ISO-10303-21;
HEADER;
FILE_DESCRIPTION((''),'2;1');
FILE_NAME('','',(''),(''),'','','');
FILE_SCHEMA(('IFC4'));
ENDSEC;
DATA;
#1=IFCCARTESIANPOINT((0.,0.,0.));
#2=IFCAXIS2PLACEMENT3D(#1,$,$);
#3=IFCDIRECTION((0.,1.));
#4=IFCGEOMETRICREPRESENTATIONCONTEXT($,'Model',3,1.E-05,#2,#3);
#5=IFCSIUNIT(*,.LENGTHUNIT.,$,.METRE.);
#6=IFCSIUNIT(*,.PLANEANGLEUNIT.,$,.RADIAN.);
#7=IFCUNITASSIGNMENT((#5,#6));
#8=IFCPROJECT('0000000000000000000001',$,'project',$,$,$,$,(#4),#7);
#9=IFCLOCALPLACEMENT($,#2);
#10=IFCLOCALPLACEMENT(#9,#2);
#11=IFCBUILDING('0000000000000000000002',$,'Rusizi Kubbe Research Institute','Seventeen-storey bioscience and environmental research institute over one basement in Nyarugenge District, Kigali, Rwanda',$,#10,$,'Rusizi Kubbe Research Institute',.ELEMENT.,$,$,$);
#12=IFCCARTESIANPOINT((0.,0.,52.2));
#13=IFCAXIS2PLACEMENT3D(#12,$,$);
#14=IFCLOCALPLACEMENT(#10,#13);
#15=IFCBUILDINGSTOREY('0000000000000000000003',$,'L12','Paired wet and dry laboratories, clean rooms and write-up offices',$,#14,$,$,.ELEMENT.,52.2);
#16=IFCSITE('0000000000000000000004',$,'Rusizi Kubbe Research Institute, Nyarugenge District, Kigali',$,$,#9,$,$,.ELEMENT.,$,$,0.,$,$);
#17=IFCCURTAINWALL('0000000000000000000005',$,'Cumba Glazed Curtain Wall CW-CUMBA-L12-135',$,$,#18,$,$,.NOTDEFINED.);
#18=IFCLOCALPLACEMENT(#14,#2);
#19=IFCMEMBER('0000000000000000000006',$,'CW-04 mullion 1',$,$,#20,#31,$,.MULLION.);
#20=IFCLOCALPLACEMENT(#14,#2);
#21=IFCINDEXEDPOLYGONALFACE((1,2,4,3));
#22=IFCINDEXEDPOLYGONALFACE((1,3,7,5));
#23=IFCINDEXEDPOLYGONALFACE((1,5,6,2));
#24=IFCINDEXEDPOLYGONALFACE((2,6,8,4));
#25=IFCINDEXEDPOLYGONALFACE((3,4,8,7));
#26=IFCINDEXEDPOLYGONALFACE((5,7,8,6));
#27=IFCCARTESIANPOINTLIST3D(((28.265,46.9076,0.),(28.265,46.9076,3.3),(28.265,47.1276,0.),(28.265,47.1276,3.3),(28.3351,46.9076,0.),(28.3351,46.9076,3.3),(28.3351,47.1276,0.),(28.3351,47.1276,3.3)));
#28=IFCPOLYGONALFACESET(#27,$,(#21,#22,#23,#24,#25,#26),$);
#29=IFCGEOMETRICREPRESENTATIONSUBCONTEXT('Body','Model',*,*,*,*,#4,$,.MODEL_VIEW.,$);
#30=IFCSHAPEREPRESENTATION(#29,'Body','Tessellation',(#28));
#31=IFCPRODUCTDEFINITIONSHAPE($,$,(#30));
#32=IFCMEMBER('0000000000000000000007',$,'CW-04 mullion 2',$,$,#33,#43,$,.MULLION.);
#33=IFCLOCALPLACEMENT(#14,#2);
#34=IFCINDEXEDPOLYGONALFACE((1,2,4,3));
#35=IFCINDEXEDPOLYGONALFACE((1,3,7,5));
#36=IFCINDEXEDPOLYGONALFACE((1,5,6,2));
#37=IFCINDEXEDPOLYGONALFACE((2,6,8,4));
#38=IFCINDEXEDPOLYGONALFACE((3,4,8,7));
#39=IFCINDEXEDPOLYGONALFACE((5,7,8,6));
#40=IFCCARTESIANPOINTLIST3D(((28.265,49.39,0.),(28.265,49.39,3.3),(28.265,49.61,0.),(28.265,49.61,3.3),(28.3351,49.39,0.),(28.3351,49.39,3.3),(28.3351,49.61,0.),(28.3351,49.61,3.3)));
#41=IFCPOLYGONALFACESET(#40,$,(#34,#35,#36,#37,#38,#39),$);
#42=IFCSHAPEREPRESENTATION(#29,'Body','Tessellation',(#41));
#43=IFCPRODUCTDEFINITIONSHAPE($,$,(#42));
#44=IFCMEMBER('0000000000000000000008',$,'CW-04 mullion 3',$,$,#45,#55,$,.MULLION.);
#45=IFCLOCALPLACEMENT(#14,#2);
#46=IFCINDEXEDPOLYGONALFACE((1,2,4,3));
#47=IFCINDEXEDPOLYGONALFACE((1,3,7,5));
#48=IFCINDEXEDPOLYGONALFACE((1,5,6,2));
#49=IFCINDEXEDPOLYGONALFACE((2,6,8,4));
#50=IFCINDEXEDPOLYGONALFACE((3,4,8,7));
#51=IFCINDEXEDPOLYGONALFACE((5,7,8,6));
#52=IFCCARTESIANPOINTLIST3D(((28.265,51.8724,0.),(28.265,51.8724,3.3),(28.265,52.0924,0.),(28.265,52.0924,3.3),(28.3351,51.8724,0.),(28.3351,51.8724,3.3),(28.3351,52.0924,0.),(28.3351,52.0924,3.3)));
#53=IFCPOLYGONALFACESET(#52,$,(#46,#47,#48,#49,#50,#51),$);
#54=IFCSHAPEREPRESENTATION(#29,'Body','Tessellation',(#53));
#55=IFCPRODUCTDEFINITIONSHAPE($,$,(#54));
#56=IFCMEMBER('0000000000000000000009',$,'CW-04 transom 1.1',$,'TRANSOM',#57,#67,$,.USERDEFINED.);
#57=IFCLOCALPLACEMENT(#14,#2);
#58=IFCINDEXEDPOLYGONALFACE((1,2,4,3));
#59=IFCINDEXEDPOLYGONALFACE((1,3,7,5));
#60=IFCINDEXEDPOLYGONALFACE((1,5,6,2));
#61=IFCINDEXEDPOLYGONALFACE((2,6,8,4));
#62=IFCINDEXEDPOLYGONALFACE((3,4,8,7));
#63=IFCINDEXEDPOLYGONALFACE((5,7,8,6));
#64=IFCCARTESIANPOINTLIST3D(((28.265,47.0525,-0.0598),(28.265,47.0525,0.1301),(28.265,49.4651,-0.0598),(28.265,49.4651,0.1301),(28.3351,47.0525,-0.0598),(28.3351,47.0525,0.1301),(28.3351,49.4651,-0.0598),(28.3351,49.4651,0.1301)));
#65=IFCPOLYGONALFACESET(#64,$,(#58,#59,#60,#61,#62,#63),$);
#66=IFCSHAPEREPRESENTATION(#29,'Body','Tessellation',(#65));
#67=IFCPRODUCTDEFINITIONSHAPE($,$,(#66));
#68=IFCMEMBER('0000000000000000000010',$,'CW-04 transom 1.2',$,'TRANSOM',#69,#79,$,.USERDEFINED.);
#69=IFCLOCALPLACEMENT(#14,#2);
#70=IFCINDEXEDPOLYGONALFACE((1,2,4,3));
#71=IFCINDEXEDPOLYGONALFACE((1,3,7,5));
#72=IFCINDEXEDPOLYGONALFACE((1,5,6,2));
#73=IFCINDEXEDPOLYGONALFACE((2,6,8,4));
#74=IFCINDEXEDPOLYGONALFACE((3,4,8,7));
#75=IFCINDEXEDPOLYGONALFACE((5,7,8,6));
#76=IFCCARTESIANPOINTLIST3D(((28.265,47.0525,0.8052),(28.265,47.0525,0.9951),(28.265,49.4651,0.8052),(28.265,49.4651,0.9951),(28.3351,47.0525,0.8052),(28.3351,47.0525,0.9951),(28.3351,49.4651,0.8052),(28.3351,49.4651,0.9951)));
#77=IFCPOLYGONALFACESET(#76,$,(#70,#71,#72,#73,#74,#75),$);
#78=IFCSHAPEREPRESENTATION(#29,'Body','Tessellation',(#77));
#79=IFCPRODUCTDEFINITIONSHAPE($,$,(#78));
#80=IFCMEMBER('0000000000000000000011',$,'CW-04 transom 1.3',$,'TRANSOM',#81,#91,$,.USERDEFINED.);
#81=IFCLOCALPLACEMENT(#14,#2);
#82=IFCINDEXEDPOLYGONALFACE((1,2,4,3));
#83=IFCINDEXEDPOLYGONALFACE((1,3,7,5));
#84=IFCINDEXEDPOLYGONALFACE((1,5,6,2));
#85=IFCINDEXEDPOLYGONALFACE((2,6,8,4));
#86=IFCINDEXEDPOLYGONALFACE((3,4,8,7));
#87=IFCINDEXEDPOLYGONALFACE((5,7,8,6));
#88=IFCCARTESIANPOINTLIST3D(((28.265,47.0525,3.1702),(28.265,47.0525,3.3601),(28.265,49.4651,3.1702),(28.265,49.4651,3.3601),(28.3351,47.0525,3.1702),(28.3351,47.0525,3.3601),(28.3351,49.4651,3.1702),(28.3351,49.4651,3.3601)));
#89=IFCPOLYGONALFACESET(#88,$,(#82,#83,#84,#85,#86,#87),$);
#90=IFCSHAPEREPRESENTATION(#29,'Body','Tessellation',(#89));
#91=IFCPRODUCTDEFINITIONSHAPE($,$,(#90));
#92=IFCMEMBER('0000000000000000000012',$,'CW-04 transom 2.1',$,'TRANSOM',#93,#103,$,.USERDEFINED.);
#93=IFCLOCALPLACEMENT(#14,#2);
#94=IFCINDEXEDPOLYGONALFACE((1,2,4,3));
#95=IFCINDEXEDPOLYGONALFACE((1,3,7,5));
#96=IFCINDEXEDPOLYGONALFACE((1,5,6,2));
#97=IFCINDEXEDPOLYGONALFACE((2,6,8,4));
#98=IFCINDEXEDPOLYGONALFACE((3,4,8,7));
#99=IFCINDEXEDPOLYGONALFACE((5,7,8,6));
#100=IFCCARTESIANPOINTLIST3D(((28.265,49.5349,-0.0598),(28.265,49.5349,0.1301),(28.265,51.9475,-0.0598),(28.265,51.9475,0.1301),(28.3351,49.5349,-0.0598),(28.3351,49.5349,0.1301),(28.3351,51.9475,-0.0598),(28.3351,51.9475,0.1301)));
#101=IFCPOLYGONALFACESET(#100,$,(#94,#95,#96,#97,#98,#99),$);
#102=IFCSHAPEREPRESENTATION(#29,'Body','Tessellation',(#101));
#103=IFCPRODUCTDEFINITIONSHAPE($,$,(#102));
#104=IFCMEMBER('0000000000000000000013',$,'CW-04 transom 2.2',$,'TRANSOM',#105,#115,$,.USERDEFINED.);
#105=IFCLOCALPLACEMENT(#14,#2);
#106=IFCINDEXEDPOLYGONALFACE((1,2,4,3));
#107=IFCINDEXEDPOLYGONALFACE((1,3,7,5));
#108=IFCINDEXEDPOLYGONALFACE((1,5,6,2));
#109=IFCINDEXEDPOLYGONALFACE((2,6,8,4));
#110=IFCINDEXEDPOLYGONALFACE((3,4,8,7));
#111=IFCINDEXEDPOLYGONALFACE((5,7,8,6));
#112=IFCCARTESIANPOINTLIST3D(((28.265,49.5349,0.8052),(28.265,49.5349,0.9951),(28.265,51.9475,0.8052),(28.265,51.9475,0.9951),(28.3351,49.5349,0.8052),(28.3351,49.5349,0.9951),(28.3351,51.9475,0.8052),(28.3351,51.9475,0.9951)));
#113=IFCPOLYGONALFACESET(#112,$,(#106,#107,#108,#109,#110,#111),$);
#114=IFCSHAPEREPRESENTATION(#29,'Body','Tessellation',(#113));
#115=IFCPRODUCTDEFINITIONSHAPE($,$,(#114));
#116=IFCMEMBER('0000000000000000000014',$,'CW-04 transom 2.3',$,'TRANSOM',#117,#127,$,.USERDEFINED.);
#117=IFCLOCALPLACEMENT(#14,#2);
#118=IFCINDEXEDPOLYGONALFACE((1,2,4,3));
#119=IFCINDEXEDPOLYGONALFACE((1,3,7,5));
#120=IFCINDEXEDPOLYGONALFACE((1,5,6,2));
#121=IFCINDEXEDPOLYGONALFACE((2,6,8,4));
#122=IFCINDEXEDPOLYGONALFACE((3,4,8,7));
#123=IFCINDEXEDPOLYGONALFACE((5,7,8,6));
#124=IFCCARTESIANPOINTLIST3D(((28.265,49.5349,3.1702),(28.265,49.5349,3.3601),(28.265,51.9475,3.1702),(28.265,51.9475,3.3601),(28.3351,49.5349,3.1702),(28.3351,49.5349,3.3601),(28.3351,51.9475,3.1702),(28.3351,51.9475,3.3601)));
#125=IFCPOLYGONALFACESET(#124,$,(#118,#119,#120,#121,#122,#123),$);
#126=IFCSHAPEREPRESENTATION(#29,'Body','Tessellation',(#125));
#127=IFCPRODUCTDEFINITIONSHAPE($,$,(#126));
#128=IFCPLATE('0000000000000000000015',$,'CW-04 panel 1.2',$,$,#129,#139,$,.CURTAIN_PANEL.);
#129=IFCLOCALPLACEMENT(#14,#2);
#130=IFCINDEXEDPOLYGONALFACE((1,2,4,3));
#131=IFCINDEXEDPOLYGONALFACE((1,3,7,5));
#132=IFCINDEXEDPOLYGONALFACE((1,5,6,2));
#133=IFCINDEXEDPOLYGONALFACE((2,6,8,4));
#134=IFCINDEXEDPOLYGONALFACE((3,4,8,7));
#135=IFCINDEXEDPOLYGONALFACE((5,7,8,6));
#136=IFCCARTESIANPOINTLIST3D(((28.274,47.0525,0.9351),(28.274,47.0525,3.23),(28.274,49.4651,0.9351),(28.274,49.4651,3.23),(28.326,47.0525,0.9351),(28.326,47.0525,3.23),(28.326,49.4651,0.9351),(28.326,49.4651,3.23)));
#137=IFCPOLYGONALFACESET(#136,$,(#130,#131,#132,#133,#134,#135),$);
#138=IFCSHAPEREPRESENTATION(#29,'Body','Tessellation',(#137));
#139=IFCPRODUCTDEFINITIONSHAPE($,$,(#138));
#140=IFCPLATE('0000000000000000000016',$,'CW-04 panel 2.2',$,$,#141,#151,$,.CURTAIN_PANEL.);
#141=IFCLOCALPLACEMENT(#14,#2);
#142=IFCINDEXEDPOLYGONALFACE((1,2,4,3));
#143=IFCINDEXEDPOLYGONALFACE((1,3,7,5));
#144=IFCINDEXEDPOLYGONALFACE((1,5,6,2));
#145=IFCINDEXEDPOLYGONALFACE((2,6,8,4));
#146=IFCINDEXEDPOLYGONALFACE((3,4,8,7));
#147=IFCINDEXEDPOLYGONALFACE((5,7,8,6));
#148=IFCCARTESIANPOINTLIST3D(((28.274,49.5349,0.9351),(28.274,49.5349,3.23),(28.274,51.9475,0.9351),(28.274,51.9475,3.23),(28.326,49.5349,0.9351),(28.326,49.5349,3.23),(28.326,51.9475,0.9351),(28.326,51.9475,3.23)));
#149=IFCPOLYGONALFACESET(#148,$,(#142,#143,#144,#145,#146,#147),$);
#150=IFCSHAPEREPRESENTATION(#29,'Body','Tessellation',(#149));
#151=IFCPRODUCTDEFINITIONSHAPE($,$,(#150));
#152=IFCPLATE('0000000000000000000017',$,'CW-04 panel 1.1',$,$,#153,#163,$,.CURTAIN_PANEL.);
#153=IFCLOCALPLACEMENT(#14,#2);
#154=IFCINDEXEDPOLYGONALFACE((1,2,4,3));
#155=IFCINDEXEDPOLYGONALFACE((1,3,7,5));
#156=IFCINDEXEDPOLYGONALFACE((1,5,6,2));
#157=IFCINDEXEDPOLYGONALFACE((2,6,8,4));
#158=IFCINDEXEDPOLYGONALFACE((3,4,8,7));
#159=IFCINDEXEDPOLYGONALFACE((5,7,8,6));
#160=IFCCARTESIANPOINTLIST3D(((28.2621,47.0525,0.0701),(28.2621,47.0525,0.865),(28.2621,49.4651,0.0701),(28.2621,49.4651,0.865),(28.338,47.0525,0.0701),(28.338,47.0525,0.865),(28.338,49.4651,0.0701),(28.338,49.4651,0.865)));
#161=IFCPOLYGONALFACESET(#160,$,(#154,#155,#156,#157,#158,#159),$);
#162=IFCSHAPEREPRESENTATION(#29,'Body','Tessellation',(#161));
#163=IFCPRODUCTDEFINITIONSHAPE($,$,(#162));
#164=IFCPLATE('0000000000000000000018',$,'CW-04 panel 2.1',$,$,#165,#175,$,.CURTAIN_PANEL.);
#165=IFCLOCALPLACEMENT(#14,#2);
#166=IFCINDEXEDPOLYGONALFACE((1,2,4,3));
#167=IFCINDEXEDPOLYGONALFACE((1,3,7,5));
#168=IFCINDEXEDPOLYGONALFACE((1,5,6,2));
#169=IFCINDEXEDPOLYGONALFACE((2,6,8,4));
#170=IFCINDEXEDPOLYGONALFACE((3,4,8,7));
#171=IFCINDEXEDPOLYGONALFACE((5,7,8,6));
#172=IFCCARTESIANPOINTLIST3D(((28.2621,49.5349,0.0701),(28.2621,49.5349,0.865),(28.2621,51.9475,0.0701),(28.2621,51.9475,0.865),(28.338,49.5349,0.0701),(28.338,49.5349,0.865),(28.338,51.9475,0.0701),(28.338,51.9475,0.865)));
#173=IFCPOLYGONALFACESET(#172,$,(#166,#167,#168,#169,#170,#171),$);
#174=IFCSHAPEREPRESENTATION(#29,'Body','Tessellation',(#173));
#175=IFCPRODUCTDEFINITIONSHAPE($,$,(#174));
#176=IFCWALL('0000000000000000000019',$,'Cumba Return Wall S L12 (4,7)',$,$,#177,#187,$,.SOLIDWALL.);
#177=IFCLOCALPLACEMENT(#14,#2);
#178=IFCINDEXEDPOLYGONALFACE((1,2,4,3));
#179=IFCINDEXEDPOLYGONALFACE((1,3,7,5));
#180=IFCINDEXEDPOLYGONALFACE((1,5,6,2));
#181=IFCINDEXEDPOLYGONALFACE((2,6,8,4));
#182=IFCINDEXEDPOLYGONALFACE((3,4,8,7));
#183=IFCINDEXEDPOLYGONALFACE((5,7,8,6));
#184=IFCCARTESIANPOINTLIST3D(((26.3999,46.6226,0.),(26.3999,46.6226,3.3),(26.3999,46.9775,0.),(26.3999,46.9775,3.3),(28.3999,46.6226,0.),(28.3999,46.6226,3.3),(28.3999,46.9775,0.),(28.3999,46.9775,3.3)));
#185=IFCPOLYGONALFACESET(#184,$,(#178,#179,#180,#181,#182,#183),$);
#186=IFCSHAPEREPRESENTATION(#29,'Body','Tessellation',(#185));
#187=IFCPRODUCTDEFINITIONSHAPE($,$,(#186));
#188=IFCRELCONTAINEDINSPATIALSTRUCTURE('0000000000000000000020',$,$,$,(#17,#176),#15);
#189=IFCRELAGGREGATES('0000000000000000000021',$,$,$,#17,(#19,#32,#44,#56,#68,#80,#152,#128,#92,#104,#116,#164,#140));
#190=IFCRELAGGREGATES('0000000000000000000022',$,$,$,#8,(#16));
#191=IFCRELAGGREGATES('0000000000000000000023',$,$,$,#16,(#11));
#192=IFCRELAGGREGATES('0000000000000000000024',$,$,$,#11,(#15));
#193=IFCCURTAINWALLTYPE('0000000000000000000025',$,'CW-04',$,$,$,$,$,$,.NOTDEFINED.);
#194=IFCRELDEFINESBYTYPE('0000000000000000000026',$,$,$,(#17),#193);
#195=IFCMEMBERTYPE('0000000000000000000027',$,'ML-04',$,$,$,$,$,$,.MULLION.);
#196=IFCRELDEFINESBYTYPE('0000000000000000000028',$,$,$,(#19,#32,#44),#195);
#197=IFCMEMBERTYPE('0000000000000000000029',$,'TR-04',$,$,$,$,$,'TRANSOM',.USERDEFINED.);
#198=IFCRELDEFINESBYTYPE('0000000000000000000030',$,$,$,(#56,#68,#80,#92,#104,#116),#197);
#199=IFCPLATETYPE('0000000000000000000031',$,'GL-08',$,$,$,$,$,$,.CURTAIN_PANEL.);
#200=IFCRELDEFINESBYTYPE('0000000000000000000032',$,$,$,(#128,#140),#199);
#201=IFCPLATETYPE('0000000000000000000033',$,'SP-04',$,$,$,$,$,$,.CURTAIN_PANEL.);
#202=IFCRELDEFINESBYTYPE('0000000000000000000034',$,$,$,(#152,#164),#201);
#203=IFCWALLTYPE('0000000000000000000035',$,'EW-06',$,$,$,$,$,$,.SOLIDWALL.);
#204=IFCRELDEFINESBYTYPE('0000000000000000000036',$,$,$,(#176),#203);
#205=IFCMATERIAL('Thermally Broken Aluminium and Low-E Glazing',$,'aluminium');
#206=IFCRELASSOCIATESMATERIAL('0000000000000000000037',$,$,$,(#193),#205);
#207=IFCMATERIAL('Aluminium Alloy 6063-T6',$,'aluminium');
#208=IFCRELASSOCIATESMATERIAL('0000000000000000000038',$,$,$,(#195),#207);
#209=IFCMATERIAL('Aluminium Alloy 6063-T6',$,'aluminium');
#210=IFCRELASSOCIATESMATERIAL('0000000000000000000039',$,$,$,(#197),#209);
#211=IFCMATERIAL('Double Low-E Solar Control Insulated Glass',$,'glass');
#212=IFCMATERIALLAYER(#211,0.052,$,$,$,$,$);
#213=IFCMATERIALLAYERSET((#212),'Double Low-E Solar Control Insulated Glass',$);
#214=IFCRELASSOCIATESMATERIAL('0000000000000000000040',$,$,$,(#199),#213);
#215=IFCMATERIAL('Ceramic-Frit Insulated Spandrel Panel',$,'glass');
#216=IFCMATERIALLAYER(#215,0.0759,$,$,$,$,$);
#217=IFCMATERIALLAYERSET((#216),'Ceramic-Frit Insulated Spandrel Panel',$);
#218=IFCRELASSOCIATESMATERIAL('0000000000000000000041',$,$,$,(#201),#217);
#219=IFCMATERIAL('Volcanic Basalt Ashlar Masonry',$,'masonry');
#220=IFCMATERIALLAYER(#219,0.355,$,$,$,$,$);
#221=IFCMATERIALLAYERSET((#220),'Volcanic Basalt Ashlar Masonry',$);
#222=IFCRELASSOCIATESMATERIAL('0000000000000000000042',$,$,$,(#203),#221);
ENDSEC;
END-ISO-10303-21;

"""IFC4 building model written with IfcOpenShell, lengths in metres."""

from ifc_helpers import new_model, si_unit, direction, frame, frame_2d, origin, origin_2d, place, context, subcontext, project, spatial, rectangle, extrude, material, layer, layer_set, material_profile, profile_set, type_object, element, aggregate, save


model = new_model("IFC4")

# Units and contexts
model_context = context("Model", 3, precision=1e-05, world=origin(), true_north=direction((0.0, 1.0)))
body_context = subcontext(model_context, "Body", "Model", "MODEL_VIEW")
ifc_project = project(units=[si_unit("LENGTHUNIT", "METRE"), si_unit("PLANEANGLEUNIT", "RADIAN")], contexts=[model_context])

# Site, building, storey
site_placement = place(None, origin())
site = spatial("IfcSite", under=ifc_project, at=site_placement, Name="Rusizi Kubbe Research Institute, Nyarugenge District, Kigali", CompositionType="ELEMENT", RefElevation=0.0)
building_placement = place(site_placement, origin())
building = spatial("IfcBuilding", under=site, at=building_placement, Name="Rusizi Kubbe Research Institute", Description="Seventeen-storey bioscience and environmental research institute over one basement in Nyarugenge District, Kigali, Rwanda", LongName="Rusizi Kubbe Research Institute", CompositionType="ELEMENT")
storey_placement = place(building_placement, frame((0.0, 0.0, 52.2)))
storey = spatial("IfcBuildingStorey", under=building, at=storey_placement, Name="L12", Description="Paired wet and dry laboratories, clean rooms and write-up offices", CompositionType="ELEMENT", Elevation=52.2)

# Curtain wall, members, plates
ifc_material_1 = material(Name="Thermally Broken Aluminium and Low-E Glazing", Category="aluminium")
curtain_wall_type = type_object("IfcCurtainWallType", Name="CW-04", PredefinedType="NOTDEFINED", material=ifc_material_1)
curtain_wall_placement = place(storey_placement, origin())
curtain_wall = element("IfcCurtainWall", 1, at=curtain_wall_placement, inside=storey, type_object=curtain_wall_type, Name="Cumba Glazed Curtain Wall CW-CUMBA-L12-135", PredefinedType="NOTDEFINED")
ifc_material_2 = material(Name="Aluminium Alloy 6063-T6", Category="aluminium")
ifc_material_profile_1 = material_profile(ifc_material_2, rectangle(XDim=0.0701, YDim=0.22, at=origin_2d()), Name="ALU-M 70x220")
ifc_profile_set_1 = profile_set([ifc_material_profile_1], Name="Aluminium Alloy 6063-T6")
member_type_1 = type_object("IfcMemberType", Name="ML-04", PredefinedType="MULLION", material=ifc_profile_set_1)
member_1_placement = place(storey_placement, frame((28.3, 47.0176, 0.0), z_axis=(0.0, 0.0, 1.0), x_axis=(-1.0, 0.0, 0.0)))
member_1 = element("IfcMember", 2, at=member_1_placement, type_object=member_type_1, Name="CW-04 mullion 1", PredefinedType="MULLION", context=body_context, shape_type="SweptSolid", body=[
    extrude(rectangle(XDim=0.0701, YDim=0.22, at=origin_2d()), origin(), (0.0, 0.0, 1.0), 3.3),
])
member_2_placement = place(storey_placement, frame((28.3, 49.5, 0.0), z_axis=(0.0, 0.0, 1.0), x_axis=(-1.0, 0.0, 0.0)))
member_2 = element("IfcMember", 3, at=member_2_placement, type_object=member_type_1, Name="CW-04 mullion 2", PredefinedType="MULLION", context=body_context, shape_type="SweptSolid", body=[
    extrude(rectangle(XDim=0.0701, YDim=0.22, at=origin_2d()), origin(), (0.0, 0.0, 1.0), 3.3),
])
member_3_placement = place(storey_placement, frame((28.3, 51.9824, 0.0), z_axis=(0.0, 0.0, 1.0), x_axis=(-1.0, 0.0, 0.0)))
member_3 = element("IfcMember", 4, at=member_3_placement, type_object=member_type_1, Name="CW-04 mullion 3", PredefinedType="MULLION", context=body_context, shape_type="SweptSolid", body=[
    extrude(rectangle(XDim=0.0701, YDim=0.22, at=origin_2d()), origin(), (0.0, 0.0, 1.0), 3.3),
])
ifc_material_3 = material(Name="Aluminium Alloy 6063-T6", Category="aluminium")
ifc_material_profile_2 = material_profile(ifc_material_3, rectangle(XDim=0.0701, YDim=0.1899, at=origin_2d()), Name="ALU-T 70x190")
ifc_profile_set_2 = profile_set([ifc_material_profile_2], Name="Aluminium Alloy 6063-T6")
member_type_2 = type_object("IfcMemberType", Name="TR-04", ElementType="TRANSOM", PredefinedType="USERDEFINED", material=ifc_profile_set_2)
member_4_placement = place(storey_placement, frame((28.3, 47.0525, 0.0352), z_axis=(0.0, 1.0, 0.0), x_axis=(-1.0, 0.0, 0.0)))
member_4 = element("IfcMember", 5, at=member_4_placement, type_object=member_type_2, Name="CW-04 transom 1.1", ObjectType="TRANSOM", PredefinedType="USERDEFINED", context=body_context, shape_type="SweptSolid", body=[
    extrude(rectangle(XDim=0.0701, YDim=0.1899, at=origin_2d()), origin(), (0.0, 0.0, 1.0), 2.4126),
])
member_5_placement = place(storey_placement, frame((28.3, 47.0525, 0.9001), z_axis=(0.0, 1.0, 0.0), x_axis=(-1.0, 0.0, 0.0)))
member_5 = element("IfcMember", 6, at=member_5_placement, type_object=member_type_2, Name="CW-04 transom 1.2", ObjectType="TRANSOM", PredefinedType="USERDEFINED", context=body_context, shape_type="SweptSolid", body=[
    extrude(rectangle(XDim=0.0701, YDim=0.1899, at=origin_2d()), origin(), (0.0, 0.0, 1.0), 2.4126),
])
member_6_placement = place(storey_placement, frame((28.3, 47.0525, 3.2651), z_axis=(0.0, 1.0, 0.0), x_axis=(-1.0, 0.0, 0.0)))
member_6 = element("IfcMember", 7, at=member_6_placement, type_object=member_type_2, Name="CW-04 transom 1.3", ObjectType="TRANSOM", PredefinedType="USERDEFINED", context=body_context, shape_type="SweptSolid", body=[
    extrude(rectangle(XDim=0.0701, YDim=0.1899, at=origin_2d()), origin(), (0.0, 0.0, 1.0), 2.4126),
])
member_7_placement = place(storey_placement, frame((28.3, 49.5349, 0.0352), z_axis=(0.0, 1.0, 0.0), x_axis=(-1.0, 0.0, 0.0)))
member_7 = element("IfcMember", 8, at=member_7_placement, type_object=member_type_2, Name="CW-04 transom 2.1", ObjectType="TRANSOM", PredefinedType="USERDEFINED", context=body_context, shape_type="SweptSolid", body=[
    extrude(rectangle(XDim=0.0701, YDim=0.1899, at=origin_2d()), origin(), (0.0, 0.0, 1.0), 2.4126),
])
member_8_placement = place(storey_placement, frame((28.3, 49.5349, 0.9001), z_axis=(0.0, 1.0, 0.0), x_axis=(-1.0, 0.0, 0.0)))
member_8 = element("IfcMember", 9, at=member_8_placement, type_object=member_type_2, Name="CW-04 transom 2.2", ObjectType="TRANSOM", PredefinedType="USERDEFINED", context=body_context, shape_type="SweptSolid", body=[
    extrude(rectangle(XDim=0.0701, YDim=0.1899, at=origin_2d()), origin(), (0.0, 0.0, 1.0), 2.4126),
])
member_9_placement = place(storey_placement, frame((28.3, 49.5349, 3.2651), z_axis=(0.0, 1.0, 0.0), x_axis=(-1.0, 0.0, 0.0)))
member_9 = element("IfcMember", 10, at=member_9_placement, type_object=member_type_2, Name="CW-04 transom 2.3", ObjectType="TRANSOM", PredefinedType="USERDEFINED", context=body_context, shape_type="SweptSolid", body=[
    extrude(rectangle(XDim=0.0701, YDim=0.1899, at=origin_2d()), origin(), (0.0, 0.0, 1.0), 2.4126),
])
ifc_material_4 = material(Name="Double Low-E Solar Control Insulated Glass", Category="glass")
ifc_layer_1 = layer(ifc_material_4, 0.052)
ifc_layer_set_1 = layer_set([ifc_layer_1], Name="Double Low-E Solar Control Insulated Glass")
plate_type_1 = type_object("IfcPlateType", Name="GL-08", PredefinedType="CURTAIN_PANEL", material=ifc_layer_set_1)
plate_1_placement = place(storey_placement, frame((28.3, 48.2588, 0.9351), z_axis=(0.0, 0.0, 1.0), x_axis=(0.0, 1.0, 0.0)))
plate_1 = element("IfcPlate", 11, at=plate_1_placement, type_object=plate_type_1, Name="CW-04 panel 1.2", PredefinedType="CURTAIN_PANEL", context=body_context, shape_type="SweptSolid", body=[
    extrude(rectangle(XDim=2.4126, YDim=0.052, at=origin_2d()), origin(), (0.0, 0.0, 1.0), 2.2949),
])
plate_2_placement = place(storey_placement, frame((28.3, 50.7412, 0.9351), z_axis=(0.0, 0.0, 1.0), x_axis=(0.0, 1.0, 0.0)))
plate_2 = element("IfcPlate", 12, at=plate_2_placement, type_object=plate_type_1, Name="CW-04 panel 2.2", PredefinedType="CURTAIN_PANEL", context=body_context, shape_type="SweptSolid", body=[
    extrude(rectangle(XDim=2.4126, YDim=0.052, at=origin_2d()), origin(), (0.0, 0.0, 1.0), 2.2949),
])
ifc_material_5 = material(Name="Ceramic-Frit Insulated Spandrel Panel", Category="glass")
ifc_layer_2 = layer(ifc_material_5, 0.0759)
ifc_layer_set_2 = layer_set([ifc_layer_2], Name="Ceramic-Frit Insulated Spandrel Panel")
plate_type_2 = type_object("IfcPlateType", Name="SP-04", PredefinedType="CURTAIN_PANEL", material=ifc_layer_set_2)
plate_3_placement = place(storey_placement, frame((28.3, 48.2588, 0.0701), z_axis=(0.0, 0.0, 1.0), x_axis=(0.0, 1.0, 0.0)))
plate_3 = element("IfcPlate", 13, at=plate_3_placement, type_object=plate_type_2, Name="CW-04 panel 1.1", PredefinedType="CURTAIN_PANEL", context=body_context, shape_type="SweptSolid", body=[
    extrude(rectangle(XDim=2.4126, YDim=0.0759, at=origin_2d()), origin(), (0.0, 0.0, 1.0), 0.7949),
])
plate_4_placement = place(storey_placement, frame((28.3, 50.7412, 0.0701), z_axis=(0.0, 0.0, 1.0), x_axis=(0.0, 1.0, 0.0)))
plate_4 = element("IfcPlate", 14, at=plate_4_placement, type_object=plate_type_2, Name="CW-04 panel 2.1", PredefinedType="CURTAIN_PANEL", context=body_context, shape_type="SweptSolid", body=[
    extrude(rectangle(XDim=2.4126, YDim=0.0759, at=origin_2d()), origin(), (0.0, 0.0, 1.0), 0.7949),
])
aggregate(curtain_wall, [member_1, member_2, member_3, member_4, member_5, member_6, plate_3, plate_1, member_7, member_8, member_9, plate_4, plate_2])

# Wall
ifc_material_6 = material(Name="Volcanic Basalt Ashlar Masonry", Category="masonry")
ifc_layer_3 = layer(ifc_material_6, 0.355)
ifc_layer_set_3 = layer_set([ifc_layer_3], Name="Volcanic Basalt Ashlar Masonry")
wall_type_1 = type_object("IfcWallType", Name="EW-06", PredefinedType="SOLIDWALL", material=ifc_layer_set_3)
for number, where, z_axis, x_axis, name in (
    (15, (26.3999, 46.8, 0.0), (0.0, 0.0, 1.0), (1.0, 0.0, 0.0), "Cumba Return Wall S L12 (4,7)"),
):
    element("IfcWall", number, at=place(storey_placement, frame(where, z_axis=z_axis, x_axis=x_axis)), inside=storey, type_object=wall_type_1, Name=name, PredefinedType="SOLIDWALL", context=body_context, shape_type="SweptSolid", body=[
        extrude(rectangle(XDim=2.0, YDim=0.355, at=frame_2d((1.0, 0.0))), origin(), (0.0, 0.0, 1.0), 3.3),
    ])

save(model, "model.ifc")
